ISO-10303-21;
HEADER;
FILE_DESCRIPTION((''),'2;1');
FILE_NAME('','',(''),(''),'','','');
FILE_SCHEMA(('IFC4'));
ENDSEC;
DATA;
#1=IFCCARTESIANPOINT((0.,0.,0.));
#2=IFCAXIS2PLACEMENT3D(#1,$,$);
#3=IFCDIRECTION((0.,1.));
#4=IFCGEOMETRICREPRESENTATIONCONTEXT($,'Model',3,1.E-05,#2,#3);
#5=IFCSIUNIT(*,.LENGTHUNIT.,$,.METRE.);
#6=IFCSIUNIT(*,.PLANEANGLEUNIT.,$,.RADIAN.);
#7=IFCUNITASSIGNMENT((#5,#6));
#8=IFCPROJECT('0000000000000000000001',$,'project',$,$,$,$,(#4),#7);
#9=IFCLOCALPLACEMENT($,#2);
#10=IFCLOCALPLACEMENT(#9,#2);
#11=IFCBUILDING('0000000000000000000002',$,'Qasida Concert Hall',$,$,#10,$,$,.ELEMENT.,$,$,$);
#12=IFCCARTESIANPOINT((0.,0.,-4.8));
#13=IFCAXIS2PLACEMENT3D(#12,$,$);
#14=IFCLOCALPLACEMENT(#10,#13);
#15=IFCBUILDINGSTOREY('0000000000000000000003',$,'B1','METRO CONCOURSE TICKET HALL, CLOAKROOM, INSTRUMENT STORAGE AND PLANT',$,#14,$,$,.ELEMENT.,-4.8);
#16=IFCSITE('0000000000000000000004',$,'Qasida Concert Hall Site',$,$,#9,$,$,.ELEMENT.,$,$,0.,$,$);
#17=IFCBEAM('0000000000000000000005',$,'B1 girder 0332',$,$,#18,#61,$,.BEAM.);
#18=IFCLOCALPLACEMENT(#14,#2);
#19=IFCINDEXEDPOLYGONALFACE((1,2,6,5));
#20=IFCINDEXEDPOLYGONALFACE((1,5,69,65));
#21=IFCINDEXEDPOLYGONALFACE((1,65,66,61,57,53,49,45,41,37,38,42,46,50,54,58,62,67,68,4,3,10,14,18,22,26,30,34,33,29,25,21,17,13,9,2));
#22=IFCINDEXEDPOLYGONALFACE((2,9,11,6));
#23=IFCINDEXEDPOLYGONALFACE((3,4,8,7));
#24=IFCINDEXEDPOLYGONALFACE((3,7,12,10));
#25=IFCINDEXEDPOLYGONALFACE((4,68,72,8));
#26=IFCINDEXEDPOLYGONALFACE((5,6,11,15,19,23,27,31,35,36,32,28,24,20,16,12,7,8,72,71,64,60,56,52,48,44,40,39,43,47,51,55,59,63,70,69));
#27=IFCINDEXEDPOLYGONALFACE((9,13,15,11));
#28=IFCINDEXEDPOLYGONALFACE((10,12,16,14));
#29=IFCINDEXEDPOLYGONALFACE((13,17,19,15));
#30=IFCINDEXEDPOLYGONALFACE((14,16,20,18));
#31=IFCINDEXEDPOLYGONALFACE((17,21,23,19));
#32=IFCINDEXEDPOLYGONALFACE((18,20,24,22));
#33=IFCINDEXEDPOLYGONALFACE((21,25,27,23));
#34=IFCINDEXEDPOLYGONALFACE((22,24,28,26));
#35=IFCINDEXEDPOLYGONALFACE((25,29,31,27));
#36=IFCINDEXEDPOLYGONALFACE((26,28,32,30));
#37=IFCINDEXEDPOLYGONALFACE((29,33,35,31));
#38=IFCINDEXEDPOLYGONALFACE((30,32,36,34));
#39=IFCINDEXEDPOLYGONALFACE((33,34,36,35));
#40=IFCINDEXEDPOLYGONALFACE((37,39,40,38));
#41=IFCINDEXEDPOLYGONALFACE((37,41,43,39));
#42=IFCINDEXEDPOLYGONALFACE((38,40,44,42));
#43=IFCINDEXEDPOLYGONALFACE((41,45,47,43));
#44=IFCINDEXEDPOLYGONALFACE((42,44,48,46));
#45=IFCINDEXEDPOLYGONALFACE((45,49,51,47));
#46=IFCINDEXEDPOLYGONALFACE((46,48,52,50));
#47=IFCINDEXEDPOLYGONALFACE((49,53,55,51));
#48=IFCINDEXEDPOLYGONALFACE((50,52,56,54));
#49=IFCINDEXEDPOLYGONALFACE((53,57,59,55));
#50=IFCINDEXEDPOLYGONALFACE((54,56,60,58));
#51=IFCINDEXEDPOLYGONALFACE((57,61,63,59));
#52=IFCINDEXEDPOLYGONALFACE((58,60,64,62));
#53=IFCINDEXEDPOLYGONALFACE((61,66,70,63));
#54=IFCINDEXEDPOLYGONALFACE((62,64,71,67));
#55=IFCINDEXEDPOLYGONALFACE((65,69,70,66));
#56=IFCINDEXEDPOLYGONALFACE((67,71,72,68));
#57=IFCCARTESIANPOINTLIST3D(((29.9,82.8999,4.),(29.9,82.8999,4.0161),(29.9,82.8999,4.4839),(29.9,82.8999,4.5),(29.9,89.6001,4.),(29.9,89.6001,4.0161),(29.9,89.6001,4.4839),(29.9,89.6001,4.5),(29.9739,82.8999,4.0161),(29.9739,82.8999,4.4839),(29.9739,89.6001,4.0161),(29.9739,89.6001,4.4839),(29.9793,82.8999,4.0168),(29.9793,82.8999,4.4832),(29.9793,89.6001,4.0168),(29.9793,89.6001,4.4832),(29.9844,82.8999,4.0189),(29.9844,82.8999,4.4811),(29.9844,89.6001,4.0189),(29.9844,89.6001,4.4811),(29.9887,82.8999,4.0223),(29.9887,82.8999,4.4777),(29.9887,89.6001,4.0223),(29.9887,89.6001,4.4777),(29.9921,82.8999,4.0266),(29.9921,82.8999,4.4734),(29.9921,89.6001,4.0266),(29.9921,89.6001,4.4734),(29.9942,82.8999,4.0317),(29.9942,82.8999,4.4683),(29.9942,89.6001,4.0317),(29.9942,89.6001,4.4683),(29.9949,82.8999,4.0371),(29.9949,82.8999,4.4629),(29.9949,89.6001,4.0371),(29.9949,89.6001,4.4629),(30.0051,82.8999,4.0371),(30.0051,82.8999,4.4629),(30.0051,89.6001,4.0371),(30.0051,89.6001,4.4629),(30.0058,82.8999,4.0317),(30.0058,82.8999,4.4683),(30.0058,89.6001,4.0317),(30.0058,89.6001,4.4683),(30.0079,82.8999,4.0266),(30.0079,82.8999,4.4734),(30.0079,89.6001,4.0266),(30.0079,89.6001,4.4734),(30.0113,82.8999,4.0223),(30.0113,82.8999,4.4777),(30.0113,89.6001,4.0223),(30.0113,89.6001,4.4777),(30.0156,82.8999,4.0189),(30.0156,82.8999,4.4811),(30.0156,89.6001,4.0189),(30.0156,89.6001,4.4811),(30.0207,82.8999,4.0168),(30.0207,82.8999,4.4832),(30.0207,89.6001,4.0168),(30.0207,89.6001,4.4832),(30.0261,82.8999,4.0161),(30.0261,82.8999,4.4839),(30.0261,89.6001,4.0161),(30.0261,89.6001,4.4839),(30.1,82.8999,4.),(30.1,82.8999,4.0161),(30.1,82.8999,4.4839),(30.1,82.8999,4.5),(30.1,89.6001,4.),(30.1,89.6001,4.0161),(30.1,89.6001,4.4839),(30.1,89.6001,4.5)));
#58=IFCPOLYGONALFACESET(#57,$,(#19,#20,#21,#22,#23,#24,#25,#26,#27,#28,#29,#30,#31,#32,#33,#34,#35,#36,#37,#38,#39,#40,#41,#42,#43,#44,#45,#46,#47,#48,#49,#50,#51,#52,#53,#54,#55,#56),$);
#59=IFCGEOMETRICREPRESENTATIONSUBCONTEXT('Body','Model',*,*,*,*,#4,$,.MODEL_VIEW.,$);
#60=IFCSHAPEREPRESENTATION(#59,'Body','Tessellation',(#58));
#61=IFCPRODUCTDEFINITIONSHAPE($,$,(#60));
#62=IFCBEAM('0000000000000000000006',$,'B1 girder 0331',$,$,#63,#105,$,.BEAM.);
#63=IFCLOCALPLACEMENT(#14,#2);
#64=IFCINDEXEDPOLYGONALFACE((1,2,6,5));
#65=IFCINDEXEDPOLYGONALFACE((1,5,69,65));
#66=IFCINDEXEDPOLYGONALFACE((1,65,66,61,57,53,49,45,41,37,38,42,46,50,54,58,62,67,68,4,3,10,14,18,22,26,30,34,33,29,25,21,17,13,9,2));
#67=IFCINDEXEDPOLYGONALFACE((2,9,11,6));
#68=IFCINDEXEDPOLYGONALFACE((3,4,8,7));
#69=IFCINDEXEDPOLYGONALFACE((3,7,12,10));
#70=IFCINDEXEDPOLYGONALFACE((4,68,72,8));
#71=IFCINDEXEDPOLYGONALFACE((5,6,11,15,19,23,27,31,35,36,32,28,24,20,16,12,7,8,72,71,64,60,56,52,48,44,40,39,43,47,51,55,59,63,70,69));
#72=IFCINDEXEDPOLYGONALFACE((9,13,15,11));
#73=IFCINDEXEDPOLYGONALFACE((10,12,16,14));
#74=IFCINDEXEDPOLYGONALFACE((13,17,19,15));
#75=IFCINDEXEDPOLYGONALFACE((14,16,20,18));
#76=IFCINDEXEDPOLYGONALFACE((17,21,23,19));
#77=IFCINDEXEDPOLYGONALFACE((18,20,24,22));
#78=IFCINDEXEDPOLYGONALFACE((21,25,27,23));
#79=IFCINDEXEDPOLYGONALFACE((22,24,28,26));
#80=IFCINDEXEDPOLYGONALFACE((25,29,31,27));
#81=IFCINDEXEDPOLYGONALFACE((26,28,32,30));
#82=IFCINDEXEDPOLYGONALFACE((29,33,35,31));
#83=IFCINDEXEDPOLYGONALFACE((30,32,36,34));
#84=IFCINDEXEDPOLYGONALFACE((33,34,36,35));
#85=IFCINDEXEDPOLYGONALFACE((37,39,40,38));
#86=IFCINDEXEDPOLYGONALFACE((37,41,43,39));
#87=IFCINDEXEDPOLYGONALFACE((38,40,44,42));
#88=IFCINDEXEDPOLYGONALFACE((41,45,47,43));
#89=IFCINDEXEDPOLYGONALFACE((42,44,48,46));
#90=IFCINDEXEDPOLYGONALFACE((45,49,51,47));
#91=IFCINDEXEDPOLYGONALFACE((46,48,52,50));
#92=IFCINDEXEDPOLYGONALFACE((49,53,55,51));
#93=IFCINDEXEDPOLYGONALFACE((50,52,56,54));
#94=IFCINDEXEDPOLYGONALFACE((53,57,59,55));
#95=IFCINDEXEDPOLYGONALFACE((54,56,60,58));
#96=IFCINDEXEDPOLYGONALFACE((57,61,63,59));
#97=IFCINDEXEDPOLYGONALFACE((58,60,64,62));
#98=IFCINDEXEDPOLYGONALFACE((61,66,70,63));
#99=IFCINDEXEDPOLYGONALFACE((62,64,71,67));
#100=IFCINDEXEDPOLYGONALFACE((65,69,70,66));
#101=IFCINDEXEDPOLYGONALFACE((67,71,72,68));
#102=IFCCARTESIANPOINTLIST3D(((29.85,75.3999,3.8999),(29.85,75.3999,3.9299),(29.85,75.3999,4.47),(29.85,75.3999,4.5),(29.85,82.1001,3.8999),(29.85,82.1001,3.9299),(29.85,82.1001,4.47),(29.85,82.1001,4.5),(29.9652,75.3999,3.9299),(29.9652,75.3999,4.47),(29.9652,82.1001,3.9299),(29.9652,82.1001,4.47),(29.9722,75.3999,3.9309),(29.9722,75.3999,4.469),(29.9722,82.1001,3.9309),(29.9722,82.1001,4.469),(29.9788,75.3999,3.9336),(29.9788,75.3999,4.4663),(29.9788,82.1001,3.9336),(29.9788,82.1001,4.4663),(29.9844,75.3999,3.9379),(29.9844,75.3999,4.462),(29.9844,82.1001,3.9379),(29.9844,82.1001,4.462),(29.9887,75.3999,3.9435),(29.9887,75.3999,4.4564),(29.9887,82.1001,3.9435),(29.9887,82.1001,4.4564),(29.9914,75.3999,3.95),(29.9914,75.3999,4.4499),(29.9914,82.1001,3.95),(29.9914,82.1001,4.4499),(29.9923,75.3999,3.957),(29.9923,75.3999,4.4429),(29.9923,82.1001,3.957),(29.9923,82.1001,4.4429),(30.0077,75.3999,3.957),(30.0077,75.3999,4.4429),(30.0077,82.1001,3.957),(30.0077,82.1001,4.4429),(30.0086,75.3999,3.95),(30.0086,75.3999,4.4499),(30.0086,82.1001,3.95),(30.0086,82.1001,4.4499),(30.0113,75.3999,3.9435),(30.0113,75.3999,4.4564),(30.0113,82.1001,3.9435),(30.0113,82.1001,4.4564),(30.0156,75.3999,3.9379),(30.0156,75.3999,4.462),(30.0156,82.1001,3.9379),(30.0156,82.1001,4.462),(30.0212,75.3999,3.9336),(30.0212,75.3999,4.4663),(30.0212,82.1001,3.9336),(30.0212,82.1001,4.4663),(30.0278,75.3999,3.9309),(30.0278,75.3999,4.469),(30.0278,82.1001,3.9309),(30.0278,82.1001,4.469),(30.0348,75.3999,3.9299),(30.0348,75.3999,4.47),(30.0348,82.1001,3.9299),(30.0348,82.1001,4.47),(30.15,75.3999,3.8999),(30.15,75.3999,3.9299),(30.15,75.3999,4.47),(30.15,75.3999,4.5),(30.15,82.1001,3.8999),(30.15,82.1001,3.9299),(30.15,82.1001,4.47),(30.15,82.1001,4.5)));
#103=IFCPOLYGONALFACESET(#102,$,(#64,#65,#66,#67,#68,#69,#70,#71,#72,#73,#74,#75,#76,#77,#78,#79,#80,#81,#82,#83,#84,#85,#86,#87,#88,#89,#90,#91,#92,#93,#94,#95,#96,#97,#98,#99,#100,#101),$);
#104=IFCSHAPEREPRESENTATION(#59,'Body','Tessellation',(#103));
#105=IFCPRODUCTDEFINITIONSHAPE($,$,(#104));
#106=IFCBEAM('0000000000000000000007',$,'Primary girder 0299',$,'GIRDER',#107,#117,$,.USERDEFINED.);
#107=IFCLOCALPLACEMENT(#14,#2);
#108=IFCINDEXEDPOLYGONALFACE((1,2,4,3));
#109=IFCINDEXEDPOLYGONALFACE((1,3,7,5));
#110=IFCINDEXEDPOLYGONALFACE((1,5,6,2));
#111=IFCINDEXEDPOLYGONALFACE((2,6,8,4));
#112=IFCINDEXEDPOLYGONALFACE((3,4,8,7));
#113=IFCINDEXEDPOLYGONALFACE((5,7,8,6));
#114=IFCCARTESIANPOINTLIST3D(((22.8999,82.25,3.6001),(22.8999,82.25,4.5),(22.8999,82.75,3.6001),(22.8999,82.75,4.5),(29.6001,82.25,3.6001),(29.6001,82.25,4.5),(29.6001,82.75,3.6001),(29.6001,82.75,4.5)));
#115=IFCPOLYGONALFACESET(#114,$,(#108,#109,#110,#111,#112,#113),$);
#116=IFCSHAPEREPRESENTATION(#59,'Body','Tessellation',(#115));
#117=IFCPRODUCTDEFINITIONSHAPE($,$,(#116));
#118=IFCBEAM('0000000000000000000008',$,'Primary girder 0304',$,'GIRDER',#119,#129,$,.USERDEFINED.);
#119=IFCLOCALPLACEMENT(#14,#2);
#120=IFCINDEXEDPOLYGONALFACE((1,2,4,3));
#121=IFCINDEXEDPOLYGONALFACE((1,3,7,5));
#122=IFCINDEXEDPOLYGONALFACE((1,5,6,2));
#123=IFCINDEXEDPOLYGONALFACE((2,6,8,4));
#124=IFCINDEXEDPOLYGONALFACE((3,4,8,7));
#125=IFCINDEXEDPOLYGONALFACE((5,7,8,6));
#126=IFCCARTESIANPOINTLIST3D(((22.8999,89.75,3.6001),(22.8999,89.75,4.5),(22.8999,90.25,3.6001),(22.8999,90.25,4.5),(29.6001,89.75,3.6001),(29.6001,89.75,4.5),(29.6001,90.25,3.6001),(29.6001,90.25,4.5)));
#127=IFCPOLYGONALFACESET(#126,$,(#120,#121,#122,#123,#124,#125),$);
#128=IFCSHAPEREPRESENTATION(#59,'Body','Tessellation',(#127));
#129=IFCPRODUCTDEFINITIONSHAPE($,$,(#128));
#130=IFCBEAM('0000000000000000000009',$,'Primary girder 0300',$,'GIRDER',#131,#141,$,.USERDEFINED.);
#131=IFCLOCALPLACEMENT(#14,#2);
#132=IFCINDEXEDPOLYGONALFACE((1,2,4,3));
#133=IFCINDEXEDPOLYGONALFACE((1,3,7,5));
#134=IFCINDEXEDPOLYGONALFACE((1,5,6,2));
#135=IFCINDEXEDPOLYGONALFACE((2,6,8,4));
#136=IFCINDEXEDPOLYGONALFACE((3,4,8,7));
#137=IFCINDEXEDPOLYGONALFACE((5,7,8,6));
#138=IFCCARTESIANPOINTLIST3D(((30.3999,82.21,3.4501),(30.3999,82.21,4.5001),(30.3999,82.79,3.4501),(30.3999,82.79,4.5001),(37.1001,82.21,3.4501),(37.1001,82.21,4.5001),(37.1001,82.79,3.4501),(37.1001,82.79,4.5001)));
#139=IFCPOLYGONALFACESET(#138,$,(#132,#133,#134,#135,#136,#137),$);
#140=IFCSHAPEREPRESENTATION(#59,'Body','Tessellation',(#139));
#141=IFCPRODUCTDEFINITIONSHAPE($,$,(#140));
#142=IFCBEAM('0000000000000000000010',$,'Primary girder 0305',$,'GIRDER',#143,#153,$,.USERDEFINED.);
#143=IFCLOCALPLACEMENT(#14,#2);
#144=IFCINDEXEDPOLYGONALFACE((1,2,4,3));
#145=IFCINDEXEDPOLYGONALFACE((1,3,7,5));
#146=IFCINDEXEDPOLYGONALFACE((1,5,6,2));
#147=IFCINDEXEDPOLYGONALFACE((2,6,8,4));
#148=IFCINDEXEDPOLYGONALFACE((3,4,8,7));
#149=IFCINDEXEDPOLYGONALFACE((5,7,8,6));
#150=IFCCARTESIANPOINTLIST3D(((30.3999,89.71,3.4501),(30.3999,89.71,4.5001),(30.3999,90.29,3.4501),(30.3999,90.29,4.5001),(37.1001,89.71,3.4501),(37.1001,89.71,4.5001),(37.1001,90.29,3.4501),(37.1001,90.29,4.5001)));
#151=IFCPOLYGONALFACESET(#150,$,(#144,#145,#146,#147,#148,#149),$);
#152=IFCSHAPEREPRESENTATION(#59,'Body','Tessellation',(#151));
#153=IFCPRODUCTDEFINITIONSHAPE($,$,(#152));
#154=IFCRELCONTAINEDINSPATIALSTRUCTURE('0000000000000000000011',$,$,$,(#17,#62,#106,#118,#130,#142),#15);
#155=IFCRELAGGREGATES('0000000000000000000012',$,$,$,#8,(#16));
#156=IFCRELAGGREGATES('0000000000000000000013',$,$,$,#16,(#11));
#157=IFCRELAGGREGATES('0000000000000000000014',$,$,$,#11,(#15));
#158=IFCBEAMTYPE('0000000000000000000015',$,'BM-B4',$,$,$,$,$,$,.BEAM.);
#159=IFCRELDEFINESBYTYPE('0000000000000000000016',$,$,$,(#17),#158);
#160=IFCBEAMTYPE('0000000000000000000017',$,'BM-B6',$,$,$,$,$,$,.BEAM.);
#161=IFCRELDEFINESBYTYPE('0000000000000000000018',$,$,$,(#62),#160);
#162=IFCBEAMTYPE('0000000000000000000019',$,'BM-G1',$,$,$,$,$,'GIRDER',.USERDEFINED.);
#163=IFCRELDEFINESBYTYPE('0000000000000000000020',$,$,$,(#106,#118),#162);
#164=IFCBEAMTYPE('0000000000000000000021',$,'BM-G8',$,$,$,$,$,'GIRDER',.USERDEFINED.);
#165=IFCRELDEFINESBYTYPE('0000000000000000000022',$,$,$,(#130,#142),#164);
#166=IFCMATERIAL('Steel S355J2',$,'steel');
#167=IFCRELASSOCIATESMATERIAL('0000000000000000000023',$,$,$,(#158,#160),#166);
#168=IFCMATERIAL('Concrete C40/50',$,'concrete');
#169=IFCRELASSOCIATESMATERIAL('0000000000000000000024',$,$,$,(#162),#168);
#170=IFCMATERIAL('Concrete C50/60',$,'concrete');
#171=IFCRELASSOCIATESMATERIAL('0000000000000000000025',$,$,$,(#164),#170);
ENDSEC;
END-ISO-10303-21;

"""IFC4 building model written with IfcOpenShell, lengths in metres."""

from ifc_helpers import new_model, si_unit, direction, frame, origin, origin_2d, place, context, subcontext, project, spatial, rectangle, i_section, extrude, material, material_profile, profile_set, type_object, element, save


model = new_model("IFC4")

# Units and contexts
model_context = context("Model", 3, precision=1e-05, world=origin(), true_north=direction((0.0, 1.0)))
body_context = subcontext(model_context, "Body", "Model", "MODEL_VIEW")
ifc_project = project(units=[si_unit("LENGTHUNIT", "METRE"), si_unit("PLANEANGLEUNIT", "RADIAN")], contexts=[model_context])

# Site, building, storey
site_placement = place(None, origin())
site = spatial("IfcSite", under=ifc_project, at=site_placement, Name="Qasida Concert Hall Site", CompositionType="ELEMENT", RefElevation=0.0)
building_placement = place(site_placement, origin())
building = spatial("IfcBuilding", under=site, at=building_placement, Name="Qasida Concert Hall", CompositionType="ELEMENT")
storey_placement = place(building_placement, frame((0.0, 0.0, -4.8)))
storey = spatial("IfcBuildingStorey", under=building, at=storey_placement, Name="B1", Description="METRO CONCOURSE TICKET HALL, CLOAKROOM, INSTRUMENT STORAGE AND PLANT", CompositionType="ELEMENT", Elevation=-4.8)

# Shared definitions
ifc_material_1 = material(Name="Concrete C40/50", Category="concrete")

# Shared definitions
ifc_material_2 = material(Name="Concrete C50/60", Category="concrete")

# Beams
ifc_material_3 = material(Name="Steel S355J2", Category="steel")
ifc_material_profile_1 = material_profile(ifc_material_3, i_section(OverallWidth=0.2, OverallDepth=0.5, WebThickness=0.0103, FlangeThickness=0.0161, FilletRadius=0.021, at=origin_2d()), Name="IPE 500")
ifc_profile_set_1 = profile_set([ifc_material_profile_1], Name="Steel S355J2")
beam_type_1 = type_object("IfcBeamType", Name="BM-B4", PredefinedType="BEAM", material=ifc_profile_set_1)
beam_1_placement = place(storey_placement, frame((30.0, 82.8999, 4.25), z_axis=(0.0, 1.0, 0.0), x_axis=(-1.0, 0.0, 0.0)))
element("IfcBeam", 1, at=beam_1_placement, inside=storey, type_object=beam_type_1, Name="B1 girder 0332", PredefinedType="BEAM", context=body_context, shape_type="SweptSolid", body=[
    extrude(i_section(OverallWidth=0.2, OverallDepth=0.5, WebThickness=0.0103, FlangeThickness=0.0161, FilletRadius=0.021, at=origin_2d()), origin(), (0.0, 0.0, 1.0), 6.7002),
])
ifc_material_profile_2 = material_profile(ifc_material_3, i_section(OverallWidth=0.3, OverallDepth=0.6001, WebThickness=0.0154, FlangeThickness=0.03, FilletRadius=0.0271, at=origin_2d()), Name="HEB 600")
ifc_profile_set_2 = profile_set([ifc_material_profile_2], Name="Steel S355J2")
beam_type_2 = type_object("IfcBeamType", Name="BM-B6", PredefinedType="BEAM", material=ifc_profile_set_2)
beam_2_placement = place(storey_placement, frame((30.0, 75.3999, 4.2), z_axis=(0.0, 1.0, 0.0), x_axis=(-1.0, 0.0, 0.0)))
element("IfcBeam", 2, at=beam_2_placement, inside=storey, type_object=beam_type_2, Name="B1 girder 0331", PredefinedType="BEAM", context=body_context, shape_type="SweptSolid", body=[
    extrude(i_section(OverallWidth=0.3, OverallDepth=0.6001, WebThickness=0.0154, FlangeThickness=0.03, FilletRadius=0.0271, at=origin_2d()), origin(), (0.0, 0.0, 1.0), 6.7002),
])
ifc_material_profile_3 = material_profile(ifc_material_1, rectangle(XDim=0.5, YDim=0.8999, at=origin_2d()), Name="RC 500x900")
ifc_profile_set_3 = profile_set([ifc_material_profile_3], Name="Concrete C40/50")
beam_type_3 = type_object("IfcBeamType", Name="BM-G1", ElementType="GIRDER", PredefinedType="USERDEFINED", material=ifc_profile_set_3)
for number, where, z_axis, x_axis, name in (
    (3, (22.8999, 82.5, 4.05), (1.0, 0.0, 0.0), (0.0, 1.0, 0.0), "Primary girder 0299"),
    (4, (22.8999, 90.0, 4.05), (1.0, 0.0, 0.0), (0.0, 1.0, 0.0), "Primary girder 0304"),
):
    element("IfcBeam", number, at=place(storey_placement, frame(where, z_axis=z_axis, x_axis=x_axis)), inside=storey, type_object=beam_type_3, Name=name, ObjectType="GIRDER", PredefinedType="USERDEFINED", context=body_context, shape_type="SweptSolid", body=[
        extrude(rectangle(XDim=0.5, YDim=0.8999, at=origin_2d()), origin(), (0.0, 0.0, 1.0), 6.7002),
    ])
ifc_material_profile_4 = material_profile(ifc_material_2, rectangle(XDim=0.5801, YDim=1.05, at=origin_2d()), Name="RC 580x1050")
ifc_profile_set_4 = profile_set([ifc_material_profile_4], Name="Concrete C50/60")
beam_type_4 = type_object("IfcBeamType", Name="BM-G8", ElementType="GIRDER", PredefinedType="USERDEFINED", material=ifc_profile_set_4)
for number, where, z_axis, x_axis, name in (
    (5, (30.3999, 82.5, 3.9751), (1.0, 0.0, 0.0), (0.0, 1.0, 0.0), "Primary girder 0300"),
    (6, (30.3999, 90.0, 3.9751), (1.0, 0.0, 0.0), (0.0, 1.0, 0.0), "Primary girder 0305"),
):
    element("IfcBeam", number, at=place(storey_placement, frame(where, z_axis=z_axis, x_axis=x_axis)), inside=storey, type_object=beam_type_4, Name=name, ObjectType="GIRDER", PredefinedType="USERDEFINED", context=body_context, shape_type="SweptSolid", body=[
        extrude(rectangle(XDim=0.5801, YDim=1.05, at=origin_2d()), origin(), (0.0, 0.0, 1.0), 6.7002),
    ])

save(model, "model.ifc")
